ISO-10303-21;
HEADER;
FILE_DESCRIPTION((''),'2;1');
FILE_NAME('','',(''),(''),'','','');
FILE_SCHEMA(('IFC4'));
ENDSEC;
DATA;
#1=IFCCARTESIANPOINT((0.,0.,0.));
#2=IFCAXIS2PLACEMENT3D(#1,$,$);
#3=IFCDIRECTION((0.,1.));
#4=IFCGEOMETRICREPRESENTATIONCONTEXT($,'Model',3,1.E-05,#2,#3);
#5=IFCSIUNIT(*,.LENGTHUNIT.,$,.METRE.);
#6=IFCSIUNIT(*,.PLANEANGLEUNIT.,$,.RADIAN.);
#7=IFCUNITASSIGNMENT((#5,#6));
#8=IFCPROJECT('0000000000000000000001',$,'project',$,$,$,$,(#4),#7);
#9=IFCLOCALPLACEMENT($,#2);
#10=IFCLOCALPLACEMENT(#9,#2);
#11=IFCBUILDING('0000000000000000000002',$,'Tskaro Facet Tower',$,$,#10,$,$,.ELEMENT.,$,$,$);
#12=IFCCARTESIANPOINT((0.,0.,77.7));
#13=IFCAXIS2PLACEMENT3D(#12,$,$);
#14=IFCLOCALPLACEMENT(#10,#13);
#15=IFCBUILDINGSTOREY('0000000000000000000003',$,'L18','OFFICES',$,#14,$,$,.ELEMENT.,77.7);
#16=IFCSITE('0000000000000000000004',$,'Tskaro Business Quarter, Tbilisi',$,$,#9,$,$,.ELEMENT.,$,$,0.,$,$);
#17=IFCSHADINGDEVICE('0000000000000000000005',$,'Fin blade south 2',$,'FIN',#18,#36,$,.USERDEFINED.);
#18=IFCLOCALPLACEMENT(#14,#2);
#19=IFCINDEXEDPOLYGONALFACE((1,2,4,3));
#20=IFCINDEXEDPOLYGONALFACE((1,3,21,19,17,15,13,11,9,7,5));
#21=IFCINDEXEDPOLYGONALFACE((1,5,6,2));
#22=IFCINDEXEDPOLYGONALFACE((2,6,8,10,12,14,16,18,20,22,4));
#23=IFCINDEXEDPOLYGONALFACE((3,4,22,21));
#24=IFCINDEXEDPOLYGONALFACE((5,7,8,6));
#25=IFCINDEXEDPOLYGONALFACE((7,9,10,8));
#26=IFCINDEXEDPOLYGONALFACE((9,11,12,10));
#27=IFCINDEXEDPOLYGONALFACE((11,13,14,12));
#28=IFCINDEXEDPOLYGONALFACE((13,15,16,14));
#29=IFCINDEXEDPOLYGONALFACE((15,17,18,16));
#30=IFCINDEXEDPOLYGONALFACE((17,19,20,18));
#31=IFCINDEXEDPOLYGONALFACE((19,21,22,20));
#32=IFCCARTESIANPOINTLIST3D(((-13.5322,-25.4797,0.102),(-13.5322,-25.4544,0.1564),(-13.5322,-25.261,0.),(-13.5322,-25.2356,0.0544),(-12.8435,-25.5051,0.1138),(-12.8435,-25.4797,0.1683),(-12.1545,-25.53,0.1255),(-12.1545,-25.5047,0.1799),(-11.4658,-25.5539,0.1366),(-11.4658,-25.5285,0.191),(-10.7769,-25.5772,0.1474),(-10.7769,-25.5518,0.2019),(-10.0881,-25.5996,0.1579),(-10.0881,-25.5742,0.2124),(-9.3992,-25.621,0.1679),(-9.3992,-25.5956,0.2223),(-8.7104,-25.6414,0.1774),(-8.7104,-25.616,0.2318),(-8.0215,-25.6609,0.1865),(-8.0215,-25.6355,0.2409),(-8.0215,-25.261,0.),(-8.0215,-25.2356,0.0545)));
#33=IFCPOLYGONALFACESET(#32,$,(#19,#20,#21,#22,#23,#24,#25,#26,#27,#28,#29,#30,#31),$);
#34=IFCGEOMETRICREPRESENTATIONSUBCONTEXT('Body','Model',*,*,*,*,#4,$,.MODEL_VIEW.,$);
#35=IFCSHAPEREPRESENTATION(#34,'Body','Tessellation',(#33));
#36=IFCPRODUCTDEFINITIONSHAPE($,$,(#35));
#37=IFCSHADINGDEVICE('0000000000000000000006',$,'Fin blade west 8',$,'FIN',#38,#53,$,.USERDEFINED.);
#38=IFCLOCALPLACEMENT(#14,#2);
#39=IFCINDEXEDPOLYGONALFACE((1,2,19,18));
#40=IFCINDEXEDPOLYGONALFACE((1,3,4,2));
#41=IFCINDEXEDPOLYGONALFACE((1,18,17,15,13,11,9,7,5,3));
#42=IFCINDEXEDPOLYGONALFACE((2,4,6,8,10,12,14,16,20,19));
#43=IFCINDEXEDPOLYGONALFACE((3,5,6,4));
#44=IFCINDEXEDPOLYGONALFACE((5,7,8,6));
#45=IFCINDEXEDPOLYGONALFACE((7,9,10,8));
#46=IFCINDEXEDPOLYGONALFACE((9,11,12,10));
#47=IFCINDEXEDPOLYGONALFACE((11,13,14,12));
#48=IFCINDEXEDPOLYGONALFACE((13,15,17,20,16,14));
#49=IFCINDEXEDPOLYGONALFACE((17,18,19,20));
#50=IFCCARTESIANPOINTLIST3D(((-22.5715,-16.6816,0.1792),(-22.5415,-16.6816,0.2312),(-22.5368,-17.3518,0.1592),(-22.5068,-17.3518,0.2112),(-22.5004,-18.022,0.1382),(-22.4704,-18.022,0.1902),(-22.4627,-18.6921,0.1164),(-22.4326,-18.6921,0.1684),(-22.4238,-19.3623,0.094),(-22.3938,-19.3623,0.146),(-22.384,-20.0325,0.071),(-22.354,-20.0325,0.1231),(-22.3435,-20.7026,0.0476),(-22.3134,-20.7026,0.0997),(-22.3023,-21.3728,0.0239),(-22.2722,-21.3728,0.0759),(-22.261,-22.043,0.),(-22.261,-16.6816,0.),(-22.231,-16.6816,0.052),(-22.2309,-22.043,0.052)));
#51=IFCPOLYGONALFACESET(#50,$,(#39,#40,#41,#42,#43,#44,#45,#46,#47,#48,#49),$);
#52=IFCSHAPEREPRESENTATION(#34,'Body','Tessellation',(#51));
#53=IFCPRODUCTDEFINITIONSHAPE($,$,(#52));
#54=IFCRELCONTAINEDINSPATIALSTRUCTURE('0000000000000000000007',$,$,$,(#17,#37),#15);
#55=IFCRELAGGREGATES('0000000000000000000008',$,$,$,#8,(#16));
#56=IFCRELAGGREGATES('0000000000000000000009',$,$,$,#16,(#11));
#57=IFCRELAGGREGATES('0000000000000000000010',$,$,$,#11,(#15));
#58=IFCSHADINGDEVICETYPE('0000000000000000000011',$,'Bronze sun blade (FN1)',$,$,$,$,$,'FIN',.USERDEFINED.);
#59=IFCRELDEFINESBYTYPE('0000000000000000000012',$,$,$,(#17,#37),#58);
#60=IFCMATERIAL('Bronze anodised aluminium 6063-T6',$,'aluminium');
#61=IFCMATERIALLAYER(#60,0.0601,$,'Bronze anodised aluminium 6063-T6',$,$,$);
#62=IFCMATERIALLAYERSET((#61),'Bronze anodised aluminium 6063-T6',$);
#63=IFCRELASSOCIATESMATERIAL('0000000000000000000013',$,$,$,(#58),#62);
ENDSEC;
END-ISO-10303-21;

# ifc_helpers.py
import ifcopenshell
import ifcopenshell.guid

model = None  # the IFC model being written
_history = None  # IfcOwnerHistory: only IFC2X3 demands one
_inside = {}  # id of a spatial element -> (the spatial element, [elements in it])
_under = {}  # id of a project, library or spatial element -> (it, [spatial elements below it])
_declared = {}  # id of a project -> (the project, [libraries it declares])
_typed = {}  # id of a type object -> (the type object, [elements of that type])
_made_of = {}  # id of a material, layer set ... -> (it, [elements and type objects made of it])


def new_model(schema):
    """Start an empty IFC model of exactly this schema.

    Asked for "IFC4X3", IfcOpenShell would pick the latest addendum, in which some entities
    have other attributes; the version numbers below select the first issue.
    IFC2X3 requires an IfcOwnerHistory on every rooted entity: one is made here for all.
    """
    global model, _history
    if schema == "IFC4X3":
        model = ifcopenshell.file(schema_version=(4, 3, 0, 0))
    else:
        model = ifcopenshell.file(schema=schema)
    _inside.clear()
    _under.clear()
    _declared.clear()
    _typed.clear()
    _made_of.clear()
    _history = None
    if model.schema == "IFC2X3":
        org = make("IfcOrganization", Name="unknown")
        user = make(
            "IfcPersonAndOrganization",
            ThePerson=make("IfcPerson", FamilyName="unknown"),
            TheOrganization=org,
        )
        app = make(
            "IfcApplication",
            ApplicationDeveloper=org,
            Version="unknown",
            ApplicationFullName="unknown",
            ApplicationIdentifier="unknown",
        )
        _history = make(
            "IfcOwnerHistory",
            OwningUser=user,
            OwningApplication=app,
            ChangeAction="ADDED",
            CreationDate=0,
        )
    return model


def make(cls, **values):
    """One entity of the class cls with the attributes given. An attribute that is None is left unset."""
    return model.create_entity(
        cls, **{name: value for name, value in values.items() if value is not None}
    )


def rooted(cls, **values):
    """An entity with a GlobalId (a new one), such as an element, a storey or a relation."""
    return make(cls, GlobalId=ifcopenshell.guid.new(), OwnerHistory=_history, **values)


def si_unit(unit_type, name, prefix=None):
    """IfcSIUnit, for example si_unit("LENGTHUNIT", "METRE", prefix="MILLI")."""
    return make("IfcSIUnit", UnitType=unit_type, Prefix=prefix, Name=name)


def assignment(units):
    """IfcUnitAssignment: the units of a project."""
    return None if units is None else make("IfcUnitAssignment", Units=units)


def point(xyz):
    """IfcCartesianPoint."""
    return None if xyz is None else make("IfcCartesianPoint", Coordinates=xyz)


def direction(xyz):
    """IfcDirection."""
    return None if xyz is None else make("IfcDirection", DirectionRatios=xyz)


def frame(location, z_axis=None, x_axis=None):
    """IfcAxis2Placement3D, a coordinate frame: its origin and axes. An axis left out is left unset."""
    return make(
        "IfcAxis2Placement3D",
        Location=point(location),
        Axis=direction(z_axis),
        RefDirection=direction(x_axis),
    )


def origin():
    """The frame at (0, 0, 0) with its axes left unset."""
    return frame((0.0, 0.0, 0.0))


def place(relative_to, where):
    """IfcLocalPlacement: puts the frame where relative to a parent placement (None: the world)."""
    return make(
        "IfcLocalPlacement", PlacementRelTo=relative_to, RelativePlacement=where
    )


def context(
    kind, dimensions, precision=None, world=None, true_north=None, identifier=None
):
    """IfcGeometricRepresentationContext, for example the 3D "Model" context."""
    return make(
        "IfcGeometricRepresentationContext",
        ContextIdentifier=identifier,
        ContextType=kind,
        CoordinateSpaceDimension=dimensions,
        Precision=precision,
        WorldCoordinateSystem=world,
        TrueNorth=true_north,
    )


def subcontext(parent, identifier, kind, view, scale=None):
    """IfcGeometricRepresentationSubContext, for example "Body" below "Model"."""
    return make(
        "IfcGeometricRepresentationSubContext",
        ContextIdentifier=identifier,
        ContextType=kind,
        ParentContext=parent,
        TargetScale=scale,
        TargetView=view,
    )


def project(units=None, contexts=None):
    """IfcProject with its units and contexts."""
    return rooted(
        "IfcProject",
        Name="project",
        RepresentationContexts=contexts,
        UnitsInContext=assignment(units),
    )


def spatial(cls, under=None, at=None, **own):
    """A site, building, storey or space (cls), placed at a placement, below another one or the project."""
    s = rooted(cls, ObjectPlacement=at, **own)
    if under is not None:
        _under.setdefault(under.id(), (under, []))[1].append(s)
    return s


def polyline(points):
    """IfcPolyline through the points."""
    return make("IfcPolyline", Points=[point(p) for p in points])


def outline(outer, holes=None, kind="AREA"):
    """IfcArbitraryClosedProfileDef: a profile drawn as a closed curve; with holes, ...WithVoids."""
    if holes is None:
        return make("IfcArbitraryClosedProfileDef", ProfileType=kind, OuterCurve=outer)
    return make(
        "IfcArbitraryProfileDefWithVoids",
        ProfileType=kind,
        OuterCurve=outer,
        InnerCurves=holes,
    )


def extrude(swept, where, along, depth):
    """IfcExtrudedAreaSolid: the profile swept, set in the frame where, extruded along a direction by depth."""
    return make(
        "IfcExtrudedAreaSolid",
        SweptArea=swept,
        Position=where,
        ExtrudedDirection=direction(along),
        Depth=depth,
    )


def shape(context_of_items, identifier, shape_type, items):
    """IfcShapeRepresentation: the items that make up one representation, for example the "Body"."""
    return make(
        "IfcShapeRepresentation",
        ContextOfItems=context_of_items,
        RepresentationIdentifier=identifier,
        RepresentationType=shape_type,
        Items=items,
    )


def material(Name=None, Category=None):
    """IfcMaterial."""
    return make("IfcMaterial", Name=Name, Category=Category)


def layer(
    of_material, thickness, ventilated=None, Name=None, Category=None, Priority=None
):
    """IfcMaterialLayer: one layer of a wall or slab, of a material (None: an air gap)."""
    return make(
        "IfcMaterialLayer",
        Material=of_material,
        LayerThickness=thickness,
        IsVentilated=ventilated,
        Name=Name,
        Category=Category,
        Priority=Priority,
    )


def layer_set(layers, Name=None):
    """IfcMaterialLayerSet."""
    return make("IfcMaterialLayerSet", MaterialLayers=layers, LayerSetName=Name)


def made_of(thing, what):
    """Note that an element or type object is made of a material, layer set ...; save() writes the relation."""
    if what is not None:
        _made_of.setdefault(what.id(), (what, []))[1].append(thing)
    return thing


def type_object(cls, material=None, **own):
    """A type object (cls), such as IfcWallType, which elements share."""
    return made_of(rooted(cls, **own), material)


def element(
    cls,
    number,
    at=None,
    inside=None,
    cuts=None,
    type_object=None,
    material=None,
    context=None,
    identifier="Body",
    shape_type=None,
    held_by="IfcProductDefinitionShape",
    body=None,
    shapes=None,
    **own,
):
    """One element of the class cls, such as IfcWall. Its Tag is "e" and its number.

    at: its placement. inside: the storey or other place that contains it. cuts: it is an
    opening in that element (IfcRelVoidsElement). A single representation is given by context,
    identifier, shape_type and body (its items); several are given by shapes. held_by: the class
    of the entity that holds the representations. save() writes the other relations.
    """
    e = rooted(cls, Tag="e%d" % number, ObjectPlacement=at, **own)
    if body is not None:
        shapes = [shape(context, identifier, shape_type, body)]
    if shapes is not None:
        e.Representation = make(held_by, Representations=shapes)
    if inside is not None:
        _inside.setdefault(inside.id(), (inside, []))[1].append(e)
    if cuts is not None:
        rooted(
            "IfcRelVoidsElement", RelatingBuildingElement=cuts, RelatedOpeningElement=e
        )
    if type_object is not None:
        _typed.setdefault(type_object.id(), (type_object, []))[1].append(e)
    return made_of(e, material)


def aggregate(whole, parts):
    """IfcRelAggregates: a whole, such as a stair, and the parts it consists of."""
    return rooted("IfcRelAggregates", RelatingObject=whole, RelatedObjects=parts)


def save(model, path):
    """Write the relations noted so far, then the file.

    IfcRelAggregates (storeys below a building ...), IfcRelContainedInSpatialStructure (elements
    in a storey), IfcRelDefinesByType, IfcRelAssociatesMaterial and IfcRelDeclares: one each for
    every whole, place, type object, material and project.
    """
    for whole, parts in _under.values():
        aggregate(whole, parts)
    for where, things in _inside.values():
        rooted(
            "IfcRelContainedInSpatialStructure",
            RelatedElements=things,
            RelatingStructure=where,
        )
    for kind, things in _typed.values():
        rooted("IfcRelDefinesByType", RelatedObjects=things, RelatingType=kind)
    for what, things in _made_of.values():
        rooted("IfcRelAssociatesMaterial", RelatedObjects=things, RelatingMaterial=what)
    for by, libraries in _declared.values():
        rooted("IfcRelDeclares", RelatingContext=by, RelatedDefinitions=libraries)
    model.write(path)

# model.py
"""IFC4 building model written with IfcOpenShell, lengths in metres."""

from ifc_helpers import new_model, si_unit, direction, frame, origin, place, context, subcontext, project, spatial, polyline, outline, extrude, material, layer, layer_set, type_object, element, save


model = new_model("IFC4")

# Units and contexts
model_context = context("Model", 3, precision=1e-05, world=origin(), true_north=direction((0.0, 1.0)))
body_context = subcontext(model_context, "Body", "Model", "MODEL_VIEW")
ifc_project = project(units=[si_unit("LENGTHUNIT", "METRE"), si_unit("PLANEANGLEUNIT", "RADIAN")], contexts=[model_context])

# Site, building, storey
site_placement = place(None, origin())
site = spatial("IfcSite", under=ifc_project, at=site_placement, Name="Tskaro Business Quarter, Tbilisi", CompositionType="ELEMENT", RefElevation=0.0)
building_placement = place(site_placement, origin())
building = spatial("IfcBuilding", under=site, at=building_placement, Name="Tskaro Facet Tower", CompositionType="ELEMENT")
storey_placement = place(building_placement, frame((0.0, 0.0, 77.7)))
storey = spatial("IfcBuildingStorey", under=building, at=storey_placement, Name="L18", Description="OFFICES", CompositionType="ELEMENT", Elevation=77.7)

# Shared definitions
ifc_material_1 = material(Name="Bronze anodised aluminium 6063-T6", Category="aluminium")

# Shading devices
ifc_layer_1 = layer(ifc_material_1, 0.0601, Name="Bronze anodised aluminium 6063-T6")
ifc_layer_set_1 = layer_set([ifc_layer_1], Name="Bronze anodised aluminium 6063-T6")
shading_device_type = type_object("IfcShadingDeviceType", Name="Bronze sun blade (FN1)", ElementType="FIN", PredefinedType="USERDEFINED", material=ifc_layer_set_1)
shading_device_1_placement = place(storey_placement, frame((-13.5322, -25.2356, 0.0544), z_axis=(-0.000004, 0.422581, 0.906325), x_axis=(1.0, 0.000002, 0.000003)))
element("IfcShadingDevice", 1, at=shading_device_1_placement, inside=storey, type_object=shading_device_type, Name="Fin blade south 2", ObjectType="FIN", PredefinedType="USERDEFINED", context=body_context, shape_type="SweptSolid", body=[
    extrude(outline(polyline([(0.0, 0.0), (5.5107, 0.0), (5.5107, -0.4413), (4.8218, -0.4197), (4.1331, -0.3973), (3.4441, -0.3737), (2.7554, -0.3489), (2.0664, -0.3232), (1.3777, -0.2969), (0.6887, -0.2693), (0.0, -0.2414), (0.0, 0.0)])), origin(), (0.0, 0.0, -1.0), 0.0601),
])
shading_device_2_placement = place(storey_placement, frame((-22.231, -16.6816, 0.052), z_axis=(0.499918, 0.000009, 0.866073), x_axis=(0.000005, -1.0, 0.000008)))
element("IfcShadingDevice", 2, at=shading_device_2_placement, inside=storey, type_object=shading_device_type, Name="Fin blade west 8", ObjectType="FIN", PredefinedType="USERDEFINED", context=body_context, shape_type="SweptSolid", body=[
    extrude(outline(polyline([(0.0, 0.0), (5.3613, 0.0), (4.6912, -0.0477), (4.021, -0.0953), (3.3508, -0.1421), (2.6807, -0.188), (2.0105, -0.2329), (1.3403, -0.2765), (0.6702, -0.3185), (0.0, -0.3585), (0.0, 0.0)])), origin(), (0.0, 0.0, -1.0), 0.0601),
])

save(model, "model.ifc")
